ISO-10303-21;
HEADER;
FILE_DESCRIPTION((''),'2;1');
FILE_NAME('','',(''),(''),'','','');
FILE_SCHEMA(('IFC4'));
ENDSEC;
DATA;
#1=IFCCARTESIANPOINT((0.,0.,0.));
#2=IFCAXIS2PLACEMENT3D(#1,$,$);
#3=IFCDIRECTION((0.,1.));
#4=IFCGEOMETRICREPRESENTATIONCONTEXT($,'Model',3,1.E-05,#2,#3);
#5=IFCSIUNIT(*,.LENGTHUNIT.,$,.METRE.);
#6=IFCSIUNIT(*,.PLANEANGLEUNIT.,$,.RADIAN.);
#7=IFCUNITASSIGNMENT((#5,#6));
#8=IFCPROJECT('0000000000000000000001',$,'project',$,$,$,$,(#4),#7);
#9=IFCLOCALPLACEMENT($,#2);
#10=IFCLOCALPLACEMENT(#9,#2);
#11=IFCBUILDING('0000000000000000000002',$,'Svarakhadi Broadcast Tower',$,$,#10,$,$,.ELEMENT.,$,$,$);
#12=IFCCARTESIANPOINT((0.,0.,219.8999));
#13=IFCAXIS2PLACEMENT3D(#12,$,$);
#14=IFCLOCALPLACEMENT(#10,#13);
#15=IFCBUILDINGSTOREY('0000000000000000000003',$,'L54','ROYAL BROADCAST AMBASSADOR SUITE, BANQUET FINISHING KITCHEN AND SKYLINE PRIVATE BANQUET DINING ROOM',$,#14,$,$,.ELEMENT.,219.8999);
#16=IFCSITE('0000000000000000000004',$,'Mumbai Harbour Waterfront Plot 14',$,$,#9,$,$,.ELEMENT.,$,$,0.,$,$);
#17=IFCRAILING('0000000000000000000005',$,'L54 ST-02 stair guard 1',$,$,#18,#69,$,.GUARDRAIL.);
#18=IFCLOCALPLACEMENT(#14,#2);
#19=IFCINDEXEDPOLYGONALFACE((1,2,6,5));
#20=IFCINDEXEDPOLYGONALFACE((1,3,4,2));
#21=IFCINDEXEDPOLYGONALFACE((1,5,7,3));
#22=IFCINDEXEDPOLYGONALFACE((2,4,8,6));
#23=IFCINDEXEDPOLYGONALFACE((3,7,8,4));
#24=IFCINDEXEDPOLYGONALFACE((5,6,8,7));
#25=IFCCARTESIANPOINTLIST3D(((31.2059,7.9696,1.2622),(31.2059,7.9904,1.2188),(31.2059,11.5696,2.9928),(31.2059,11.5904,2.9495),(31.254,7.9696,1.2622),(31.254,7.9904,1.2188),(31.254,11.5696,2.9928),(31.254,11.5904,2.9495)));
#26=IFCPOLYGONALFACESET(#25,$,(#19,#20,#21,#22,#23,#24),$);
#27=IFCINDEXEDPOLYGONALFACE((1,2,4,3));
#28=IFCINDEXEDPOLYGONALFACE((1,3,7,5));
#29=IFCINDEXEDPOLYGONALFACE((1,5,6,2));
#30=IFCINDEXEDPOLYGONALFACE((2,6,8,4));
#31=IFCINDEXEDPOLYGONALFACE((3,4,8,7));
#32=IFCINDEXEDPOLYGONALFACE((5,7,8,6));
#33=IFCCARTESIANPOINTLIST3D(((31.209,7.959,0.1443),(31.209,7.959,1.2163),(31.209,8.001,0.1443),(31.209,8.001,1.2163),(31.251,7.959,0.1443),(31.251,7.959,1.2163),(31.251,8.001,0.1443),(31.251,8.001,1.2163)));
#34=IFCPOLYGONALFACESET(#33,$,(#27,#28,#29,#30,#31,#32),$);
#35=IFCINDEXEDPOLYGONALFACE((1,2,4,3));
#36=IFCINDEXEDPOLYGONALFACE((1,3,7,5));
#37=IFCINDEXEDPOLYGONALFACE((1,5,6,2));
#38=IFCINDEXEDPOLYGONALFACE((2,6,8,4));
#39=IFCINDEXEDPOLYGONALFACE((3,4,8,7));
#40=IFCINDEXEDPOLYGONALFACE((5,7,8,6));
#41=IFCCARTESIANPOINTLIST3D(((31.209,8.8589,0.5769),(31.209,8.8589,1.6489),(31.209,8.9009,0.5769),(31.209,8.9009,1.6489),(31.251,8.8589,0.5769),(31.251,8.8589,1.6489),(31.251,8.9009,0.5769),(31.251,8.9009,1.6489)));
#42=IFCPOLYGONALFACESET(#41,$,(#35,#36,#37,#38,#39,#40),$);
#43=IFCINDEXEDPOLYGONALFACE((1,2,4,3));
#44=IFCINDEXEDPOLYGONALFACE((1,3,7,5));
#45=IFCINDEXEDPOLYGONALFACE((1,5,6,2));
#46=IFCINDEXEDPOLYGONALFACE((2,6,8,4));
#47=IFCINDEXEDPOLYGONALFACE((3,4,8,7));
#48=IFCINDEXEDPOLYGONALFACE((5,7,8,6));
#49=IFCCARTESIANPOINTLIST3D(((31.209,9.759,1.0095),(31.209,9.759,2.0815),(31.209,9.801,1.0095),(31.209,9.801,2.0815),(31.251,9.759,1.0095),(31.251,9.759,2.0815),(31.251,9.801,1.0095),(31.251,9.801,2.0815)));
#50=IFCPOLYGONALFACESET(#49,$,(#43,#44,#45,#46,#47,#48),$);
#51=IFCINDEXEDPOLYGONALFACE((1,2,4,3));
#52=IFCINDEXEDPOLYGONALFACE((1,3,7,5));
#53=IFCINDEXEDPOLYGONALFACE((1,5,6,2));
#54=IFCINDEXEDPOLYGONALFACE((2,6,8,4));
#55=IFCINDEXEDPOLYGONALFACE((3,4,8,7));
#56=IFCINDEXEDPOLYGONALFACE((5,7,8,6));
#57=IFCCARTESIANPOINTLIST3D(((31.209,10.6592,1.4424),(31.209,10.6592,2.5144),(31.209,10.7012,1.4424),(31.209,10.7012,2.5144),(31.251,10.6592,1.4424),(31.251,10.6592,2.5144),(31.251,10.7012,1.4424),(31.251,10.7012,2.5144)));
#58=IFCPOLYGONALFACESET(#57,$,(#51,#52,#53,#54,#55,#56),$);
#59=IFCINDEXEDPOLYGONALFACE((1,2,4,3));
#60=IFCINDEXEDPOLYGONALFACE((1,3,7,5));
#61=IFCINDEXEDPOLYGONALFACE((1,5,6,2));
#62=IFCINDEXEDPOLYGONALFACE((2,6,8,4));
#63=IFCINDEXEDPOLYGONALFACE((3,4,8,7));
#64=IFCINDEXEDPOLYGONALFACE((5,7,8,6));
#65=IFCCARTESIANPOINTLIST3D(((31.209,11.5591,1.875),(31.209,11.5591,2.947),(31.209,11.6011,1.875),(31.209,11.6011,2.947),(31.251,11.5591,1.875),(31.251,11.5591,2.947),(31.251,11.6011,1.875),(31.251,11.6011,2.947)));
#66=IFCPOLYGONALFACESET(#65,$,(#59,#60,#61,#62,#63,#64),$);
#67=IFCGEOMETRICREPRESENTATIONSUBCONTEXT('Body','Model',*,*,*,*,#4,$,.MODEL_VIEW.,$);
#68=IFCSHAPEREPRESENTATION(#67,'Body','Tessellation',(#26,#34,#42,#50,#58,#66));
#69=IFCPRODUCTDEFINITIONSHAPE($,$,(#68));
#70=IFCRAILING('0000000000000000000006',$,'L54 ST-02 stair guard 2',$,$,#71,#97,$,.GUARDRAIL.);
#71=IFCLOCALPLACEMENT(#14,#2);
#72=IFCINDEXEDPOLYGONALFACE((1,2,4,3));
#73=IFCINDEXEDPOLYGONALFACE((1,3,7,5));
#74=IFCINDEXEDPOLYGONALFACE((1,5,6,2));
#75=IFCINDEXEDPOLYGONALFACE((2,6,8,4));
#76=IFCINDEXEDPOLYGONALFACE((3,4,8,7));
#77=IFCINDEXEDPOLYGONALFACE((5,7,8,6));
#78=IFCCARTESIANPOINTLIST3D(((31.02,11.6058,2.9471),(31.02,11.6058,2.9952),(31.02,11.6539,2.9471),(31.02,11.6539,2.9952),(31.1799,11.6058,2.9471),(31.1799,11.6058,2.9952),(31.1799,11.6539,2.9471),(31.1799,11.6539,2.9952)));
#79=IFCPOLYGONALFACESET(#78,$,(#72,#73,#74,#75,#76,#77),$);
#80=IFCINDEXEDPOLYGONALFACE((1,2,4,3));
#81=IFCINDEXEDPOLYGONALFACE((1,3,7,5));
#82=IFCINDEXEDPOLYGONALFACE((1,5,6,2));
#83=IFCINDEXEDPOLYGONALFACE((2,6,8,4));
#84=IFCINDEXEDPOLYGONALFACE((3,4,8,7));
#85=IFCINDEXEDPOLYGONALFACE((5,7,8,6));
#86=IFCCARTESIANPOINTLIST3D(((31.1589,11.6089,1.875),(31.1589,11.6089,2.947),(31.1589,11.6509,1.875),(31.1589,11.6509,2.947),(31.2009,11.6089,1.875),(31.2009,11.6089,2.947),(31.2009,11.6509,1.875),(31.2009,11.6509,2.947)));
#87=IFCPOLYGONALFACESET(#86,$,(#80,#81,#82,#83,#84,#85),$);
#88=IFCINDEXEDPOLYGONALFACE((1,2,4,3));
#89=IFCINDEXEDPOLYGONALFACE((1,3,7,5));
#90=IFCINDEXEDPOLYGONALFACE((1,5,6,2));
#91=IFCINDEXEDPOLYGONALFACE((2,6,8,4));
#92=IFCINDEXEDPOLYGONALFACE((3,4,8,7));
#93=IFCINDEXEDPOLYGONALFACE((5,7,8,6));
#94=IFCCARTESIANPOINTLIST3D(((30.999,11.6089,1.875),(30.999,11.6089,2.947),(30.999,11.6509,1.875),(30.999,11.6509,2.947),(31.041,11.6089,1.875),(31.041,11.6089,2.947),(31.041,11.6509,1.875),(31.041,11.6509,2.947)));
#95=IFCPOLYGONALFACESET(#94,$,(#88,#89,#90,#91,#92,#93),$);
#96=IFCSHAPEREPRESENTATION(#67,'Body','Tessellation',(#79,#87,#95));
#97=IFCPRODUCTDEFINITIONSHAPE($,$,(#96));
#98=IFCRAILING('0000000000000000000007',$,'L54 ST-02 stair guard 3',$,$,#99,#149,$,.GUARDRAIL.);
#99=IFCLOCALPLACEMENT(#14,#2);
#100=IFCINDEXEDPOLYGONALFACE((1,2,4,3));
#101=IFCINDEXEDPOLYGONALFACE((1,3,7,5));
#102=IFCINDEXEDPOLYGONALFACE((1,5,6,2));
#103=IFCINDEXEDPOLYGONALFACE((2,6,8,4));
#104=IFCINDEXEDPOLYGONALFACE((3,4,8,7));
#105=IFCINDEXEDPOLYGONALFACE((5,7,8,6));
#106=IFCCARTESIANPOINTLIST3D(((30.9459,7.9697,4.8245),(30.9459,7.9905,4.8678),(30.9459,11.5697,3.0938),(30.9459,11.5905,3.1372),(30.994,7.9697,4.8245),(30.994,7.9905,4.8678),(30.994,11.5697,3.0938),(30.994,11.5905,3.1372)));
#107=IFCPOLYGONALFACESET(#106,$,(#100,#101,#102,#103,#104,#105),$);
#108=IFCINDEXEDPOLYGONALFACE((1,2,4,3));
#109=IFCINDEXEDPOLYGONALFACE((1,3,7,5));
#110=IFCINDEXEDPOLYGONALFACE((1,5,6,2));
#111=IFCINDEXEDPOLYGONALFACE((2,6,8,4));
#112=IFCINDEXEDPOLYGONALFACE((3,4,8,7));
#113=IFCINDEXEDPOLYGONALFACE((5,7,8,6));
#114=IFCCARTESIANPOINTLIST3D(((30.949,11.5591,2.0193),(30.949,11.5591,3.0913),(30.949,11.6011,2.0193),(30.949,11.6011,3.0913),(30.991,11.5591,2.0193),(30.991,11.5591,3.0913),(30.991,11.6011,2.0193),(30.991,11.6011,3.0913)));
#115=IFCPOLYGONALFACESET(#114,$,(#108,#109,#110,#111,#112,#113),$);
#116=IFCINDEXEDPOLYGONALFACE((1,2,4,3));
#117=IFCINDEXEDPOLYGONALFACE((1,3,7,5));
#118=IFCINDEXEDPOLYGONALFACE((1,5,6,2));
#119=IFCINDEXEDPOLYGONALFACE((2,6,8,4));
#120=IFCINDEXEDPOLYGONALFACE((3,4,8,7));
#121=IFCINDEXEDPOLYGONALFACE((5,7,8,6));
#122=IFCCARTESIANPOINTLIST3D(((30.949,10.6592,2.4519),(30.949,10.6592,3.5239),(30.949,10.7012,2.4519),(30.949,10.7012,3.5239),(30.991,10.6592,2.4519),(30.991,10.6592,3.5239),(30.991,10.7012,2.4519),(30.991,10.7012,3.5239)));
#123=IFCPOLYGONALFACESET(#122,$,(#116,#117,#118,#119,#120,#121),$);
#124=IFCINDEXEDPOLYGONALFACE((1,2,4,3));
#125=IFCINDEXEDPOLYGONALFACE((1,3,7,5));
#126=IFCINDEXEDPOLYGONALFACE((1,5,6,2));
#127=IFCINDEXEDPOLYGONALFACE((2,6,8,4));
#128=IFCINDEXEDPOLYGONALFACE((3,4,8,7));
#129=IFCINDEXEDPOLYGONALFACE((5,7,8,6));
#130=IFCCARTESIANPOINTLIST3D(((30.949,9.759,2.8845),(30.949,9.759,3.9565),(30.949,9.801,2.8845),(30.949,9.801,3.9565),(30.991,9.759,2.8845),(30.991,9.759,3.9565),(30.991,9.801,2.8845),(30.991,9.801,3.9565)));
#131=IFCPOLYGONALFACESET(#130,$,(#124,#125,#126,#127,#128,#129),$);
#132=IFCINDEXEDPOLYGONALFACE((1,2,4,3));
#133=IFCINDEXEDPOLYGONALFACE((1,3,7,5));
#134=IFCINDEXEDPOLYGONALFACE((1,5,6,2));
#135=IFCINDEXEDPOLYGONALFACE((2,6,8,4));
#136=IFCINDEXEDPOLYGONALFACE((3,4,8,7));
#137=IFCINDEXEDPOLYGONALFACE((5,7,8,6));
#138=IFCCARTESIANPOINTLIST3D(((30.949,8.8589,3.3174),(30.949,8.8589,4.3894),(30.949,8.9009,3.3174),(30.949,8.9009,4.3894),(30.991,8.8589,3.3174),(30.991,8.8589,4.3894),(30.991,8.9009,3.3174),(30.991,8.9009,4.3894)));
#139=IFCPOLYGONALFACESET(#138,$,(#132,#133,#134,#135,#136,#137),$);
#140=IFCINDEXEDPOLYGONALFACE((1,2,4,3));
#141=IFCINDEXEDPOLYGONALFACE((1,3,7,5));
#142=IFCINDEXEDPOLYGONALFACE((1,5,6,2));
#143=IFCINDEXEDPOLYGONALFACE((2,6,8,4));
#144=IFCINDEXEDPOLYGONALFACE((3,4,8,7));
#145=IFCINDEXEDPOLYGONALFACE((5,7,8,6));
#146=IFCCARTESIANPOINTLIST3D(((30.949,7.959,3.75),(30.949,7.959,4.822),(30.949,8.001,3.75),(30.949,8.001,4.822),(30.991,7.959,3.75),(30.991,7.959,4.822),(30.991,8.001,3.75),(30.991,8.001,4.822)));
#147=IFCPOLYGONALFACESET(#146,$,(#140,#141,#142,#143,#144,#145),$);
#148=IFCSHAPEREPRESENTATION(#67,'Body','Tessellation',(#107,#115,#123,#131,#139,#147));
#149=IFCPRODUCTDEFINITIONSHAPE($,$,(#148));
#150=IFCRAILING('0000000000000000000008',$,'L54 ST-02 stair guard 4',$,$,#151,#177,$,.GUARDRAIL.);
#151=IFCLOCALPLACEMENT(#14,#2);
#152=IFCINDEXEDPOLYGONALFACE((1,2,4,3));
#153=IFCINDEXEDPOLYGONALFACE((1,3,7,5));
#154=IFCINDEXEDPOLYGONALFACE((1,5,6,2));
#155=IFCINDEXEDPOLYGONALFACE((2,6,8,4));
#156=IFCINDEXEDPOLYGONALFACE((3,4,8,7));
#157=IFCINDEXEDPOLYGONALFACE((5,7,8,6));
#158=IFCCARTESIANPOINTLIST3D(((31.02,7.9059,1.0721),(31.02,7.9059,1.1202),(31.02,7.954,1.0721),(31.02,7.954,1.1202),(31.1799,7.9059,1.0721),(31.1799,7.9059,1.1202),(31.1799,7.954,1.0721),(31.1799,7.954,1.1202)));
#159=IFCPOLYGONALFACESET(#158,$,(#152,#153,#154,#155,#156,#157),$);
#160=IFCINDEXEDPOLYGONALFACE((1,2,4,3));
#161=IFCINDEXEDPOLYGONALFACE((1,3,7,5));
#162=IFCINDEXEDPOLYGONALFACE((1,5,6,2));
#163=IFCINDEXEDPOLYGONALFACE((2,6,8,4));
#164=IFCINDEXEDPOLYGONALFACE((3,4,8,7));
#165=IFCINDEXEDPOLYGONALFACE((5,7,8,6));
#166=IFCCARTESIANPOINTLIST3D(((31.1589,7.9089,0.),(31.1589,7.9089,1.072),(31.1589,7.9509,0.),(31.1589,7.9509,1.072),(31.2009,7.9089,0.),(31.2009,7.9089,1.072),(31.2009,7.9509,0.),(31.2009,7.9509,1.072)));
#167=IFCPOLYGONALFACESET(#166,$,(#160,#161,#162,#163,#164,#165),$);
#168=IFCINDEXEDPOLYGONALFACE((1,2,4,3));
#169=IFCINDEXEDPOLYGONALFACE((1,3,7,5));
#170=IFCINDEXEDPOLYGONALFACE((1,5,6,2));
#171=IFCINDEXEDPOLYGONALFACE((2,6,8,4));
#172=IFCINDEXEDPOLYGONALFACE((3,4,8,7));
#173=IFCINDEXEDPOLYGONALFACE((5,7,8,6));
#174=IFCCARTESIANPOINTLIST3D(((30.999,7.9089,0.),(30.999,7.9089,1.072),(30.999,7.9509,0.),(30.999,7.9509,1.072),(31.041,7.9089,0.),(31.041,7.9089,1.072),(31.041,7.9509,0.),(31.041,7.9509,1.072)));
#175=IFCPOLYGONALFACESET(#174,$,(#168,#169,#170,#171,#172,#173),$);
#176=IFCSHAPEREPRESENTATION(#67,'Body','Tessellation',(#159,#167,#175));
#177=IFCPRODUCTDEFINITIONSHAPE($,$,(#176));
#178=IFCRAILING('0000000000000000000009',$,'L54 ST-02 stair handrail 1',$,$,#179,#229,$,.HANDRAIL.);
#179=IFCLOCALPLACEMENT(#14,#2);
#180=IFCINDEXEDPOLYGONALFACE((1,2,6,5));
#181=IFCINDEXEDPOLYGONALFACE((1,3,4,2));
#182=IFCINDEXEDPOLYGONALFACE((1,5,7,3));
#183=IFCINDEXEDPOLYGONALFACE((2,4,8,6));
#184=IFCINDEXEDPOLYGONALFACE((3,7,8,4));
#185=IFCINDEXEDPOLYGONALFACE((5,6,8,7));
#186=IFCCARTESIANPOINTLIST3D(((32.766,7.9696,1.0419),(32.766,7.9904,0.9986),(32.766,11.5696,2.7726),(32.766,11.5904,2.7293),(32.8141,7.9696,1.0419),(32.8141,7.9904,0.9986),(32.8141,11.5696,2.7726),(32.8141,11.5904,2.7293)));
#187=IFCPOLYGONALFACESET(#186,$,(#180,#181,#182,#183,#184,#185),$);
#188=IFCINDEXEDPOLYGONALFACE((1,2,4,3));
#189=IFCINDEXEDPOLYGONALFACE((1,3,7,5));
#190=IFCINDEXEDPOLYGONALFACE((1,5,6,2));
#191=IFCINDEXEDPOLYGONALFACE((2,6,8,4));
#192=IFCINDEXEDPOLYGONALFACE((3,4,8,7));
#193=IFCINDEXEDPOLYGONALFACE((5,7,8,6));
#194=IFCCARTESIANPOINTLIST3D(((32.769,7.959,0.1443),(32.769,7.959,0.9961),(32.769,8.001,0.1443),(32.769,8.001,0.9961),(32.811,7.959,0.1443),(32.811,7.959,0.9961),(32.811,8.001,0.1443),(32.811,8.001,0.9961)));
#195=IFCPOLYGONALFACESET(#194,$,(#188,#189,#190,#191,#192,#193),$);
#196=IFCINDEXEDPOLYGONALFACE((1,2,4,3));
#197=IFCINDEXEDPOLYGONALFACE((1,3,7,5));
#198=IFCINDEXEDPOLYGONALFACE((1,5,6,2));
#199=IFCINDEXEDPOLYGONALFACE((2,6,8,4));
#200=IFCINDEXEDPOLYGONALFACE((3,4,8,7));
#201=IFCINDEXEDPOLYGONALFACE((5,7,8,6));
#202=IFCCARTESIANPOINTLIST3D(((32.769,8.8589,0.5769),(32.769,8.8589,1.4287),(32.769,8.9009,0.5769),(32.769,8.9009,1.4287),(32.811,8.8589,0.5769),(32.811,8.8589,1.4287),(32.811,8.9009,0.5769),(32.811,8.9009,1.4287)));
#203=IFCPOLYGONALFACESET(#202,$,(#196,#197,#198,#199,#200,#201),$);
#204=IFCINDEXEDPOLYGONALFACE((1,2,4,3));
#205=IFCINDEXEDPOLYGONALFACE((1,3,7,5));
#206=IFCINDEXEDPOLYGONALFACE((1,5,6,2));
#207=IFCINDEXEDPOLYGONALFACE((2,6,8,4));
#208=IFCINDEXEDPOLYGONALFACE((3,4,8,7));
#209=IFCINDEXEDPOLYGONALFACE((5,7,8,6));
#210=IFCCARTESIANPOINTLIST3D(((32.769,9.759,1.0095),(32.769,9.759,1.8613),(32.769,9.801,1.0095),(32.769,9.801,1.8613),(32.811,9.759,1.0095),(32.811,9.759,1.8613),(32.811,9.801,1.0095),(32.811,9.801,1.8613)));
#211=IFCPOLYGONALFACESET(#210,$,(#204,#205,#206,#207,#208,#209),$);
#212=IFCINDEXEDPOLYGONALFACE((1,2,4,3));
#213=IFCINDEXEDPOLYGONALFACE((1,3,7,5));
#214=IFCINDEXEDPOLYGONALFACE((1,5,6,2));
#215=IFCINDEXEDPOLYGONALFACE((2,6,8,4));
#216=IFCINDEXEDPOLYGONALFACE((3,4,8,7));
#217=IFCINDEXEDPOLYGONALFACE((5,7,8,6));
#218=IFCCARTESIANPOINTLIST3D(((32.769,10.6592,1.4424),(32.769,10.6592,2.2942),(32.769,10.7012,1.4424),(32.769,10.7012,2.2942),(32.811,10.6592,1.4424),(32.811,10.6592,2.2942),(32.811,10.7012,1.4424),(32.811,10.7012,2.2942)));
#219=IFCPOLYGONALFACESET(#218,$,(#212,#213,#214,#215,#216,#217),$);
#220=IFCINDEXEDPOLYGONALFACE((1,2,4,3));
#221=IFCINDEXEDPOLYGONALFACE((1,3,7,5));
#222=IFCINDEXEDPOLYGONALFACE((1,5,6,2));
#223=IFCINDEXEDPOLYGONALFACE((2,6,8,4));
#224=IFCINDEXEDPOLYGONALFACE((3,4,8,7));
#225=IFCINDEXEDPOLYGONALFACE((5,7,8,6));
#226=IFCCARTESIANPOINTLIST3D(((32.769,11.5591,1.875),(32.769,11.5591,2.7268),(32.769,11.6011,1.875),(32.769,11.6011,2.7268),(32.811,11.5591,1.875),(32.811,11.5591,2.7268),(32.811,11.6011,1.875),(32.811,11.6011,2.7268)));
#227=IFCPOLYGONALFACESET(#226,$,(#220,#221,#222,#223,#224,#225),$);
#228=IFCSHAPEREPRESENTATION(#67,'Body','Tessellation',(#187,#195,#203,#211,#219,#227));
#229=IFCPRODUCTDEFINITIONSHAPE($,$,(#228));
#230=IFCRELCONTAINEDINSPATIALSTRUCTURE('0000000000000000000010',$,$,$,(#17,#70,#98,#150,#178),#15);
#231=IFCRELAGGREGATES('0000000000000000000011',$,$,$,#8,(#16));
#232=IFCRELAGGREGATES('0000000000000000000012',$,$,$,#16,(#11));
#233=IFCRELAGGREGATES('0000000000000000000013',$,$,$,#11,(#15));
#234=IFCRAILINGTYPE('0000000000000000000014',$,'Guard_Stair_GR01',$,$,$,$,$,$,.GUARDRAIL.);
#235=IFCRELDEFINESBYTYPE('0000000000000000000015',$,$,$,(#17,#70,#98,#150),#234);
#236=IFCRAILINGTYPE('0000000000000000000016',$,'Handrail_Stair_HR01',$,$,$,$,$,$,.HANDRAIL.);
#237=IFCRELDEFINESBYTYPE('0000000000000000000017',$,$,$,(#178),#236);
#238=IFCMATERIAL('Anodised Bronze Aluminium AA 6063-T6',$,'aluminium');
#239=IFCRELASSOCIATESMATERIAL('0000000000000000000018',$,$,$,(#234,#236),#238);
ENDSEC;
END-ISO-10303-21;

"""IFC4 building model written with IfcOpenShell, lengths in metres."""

from ifc_helpers import new_model, si_unit, direction, frame, origin, origin_2d, place, context, subcontext, project, spatial, rectangle, extrude, material, type_object, element, save


model = new_model("IFC4")

# Units and contexts
model_context = context("Model", 3, precision=1e-05, world=origin(), true_north=direction((0.0, 1.0)))
body_context = subcontext(model_context, "Body", "Model", "MODEL_VIEW")
ifc_project = project(units=[si_unit("LENGTHUNIT", "METRE"), si_unit("PLANEANGLEUNIT", "RADIAN")], contexts=[model_context])

# Site, building, storey
site_placement = place(None, origin())
site = spatial("IfcSite", under=ifc_project, at=site_placement, Name="Mumbai Harbour Waterfront Plot 14", CompositionType="ELEMENT", RefElevation=0.0)
building_placement = place(site_placement, origin())
building = spatial("IfcBuilding", under=site, at=building_placement, Name="Svarakhadi Broadcast Tower", CompositionType="ELEMENT")
storey_placement = place(building_placement, frame((0.0, 0.0, 219.8999)))
storey = spatial("IfcBuildingStorey", under=building, at=storey_placement, Name="L54", Description="ROYAL BROADCAST AMBASSADOR SUITE, BANQUET FINISHING KITCHEN AND SKYLINE PRIVATE BANQUET DINING ROOM", CompositionType="ELEMENT", Elevation=219.8999)

# Shared definitions
ifc_material_1 = material(Name="Anodised Bronze Aluminium AA 6063-T6", Category="aluminium")

# Railings
railing_type_1 = type_object("IfcRailingType", Name="Guard_Stair_GR01", PredefinedType="GUARDRAIL", material=ifc_material_1)
railing_1_placement = place(storey_placement, frame((31.23, 7.98, 0.1443)))
element("IfcRailing", 1, at=railing_1_placement, inside=storey, type_object=railing_type_1, Name="L54 ST-02 stair guard 1", PredefinedType="GUARDRAIL", context=body_context, shape_type="SweptSolid", body=[
    extrude(rectangle(XDim=0.0481, YDim=0.0481, at=origin_2d()), frame((0.0, 0.0, 1.0962), z_axis=(0.0, 0.901263, 0.433273), x_axis=(-1.0, 0.0, 0.0)), (0.0, 0.0, 1.0), 3.9944),
    extrude(rectangle(XDim=0.042, YDim=0.042, at=origin_2d()), origin(), (0.0, 0.0, 1.0), 1.072),
    extrude(rectangle(XDim=0.042, YDim=0.042, at=origin_2d()), frame((0.0, 0.8999, 0.4326)), (0.0, 0.0, 1.0), 1.072),
    extrude(rectangle(XDim=0.042, YDim=0.042, at=origin_2d()), frame((0.0, 1.8, 0.8652)), (0.0, 0.0, 1.0), 1.072),
    extrude(rectangle(XDim=0.042, YDim=0.042, at=origin_2d()), frame((0.0, 2.7002, 1.2981)), (0.0, 0.0, 1.0), 1.072),
    extrude(rectangle(XDim=0.042, YDim=0.042, at=origin_2d()), frame((0.0, 3.6001, 1.7307)), (0.0, 0.0, 1.0), 1.072),
])
railing_2_placement = place(storey_placement, frame((31.1799, 11.6299, 1.875)))
element("IfcRailing", 2, at=railing_2_placement, inside=storey, type_object=railing_type_1, Name="L54 ST-02 stair guard 2", PredefinedType="GUARDRAIL", context=body_context, shape_type="SweptSolid", body=[
    extrude(rectangle(XDim=0.0481, YDim=0.0481, at=origin_2d()), frame((0.0, 0.0, 1.0962), z_axis=(-1.0, 0.0, 0.0), x_axis=(0.0, -1.0, 0.0)), (0.0, 0.0, 1.0), 0.1599),
    extrude(rectangle(XDim=0.042, YDim=0.042, at=origin_2d()), origin(), (0.0, 0.0, 1.0), 1.072),
    extrude(rectangle(XDim=0.042, YDim=0.042, at=origin_2d()), frame((-0.1599, 0.0, 0.0)), (0.0, 0.0, 1.0), 1.072),
])
railing_3_placement = place(storey_placement, frame((30.97, 11.5801, 2.0193)))
element("IfcRailing", 3, at=railing_3_placement, inside=storey, type_object=railing_type_1, Name="L54 ST-02 stair guard 3", PredefinedType="GUARDRAIL", context=body_context, shape_type="SweptSolid", body=[
    extrude(rectangle(XDim=0.0481, YDim=0.0481, at=origin_2d()), frame((0.0, 0.0, 1.0962), z_axis=(0.0, -0.901263, 0.433273), x_axis=(1.0, 0.0, 0.0)), (0.0, 0.0, 1.0), 3.9944),
    extrude(rectangle(XDim=0.042, YDim=0.042, at=origin_2d()), origin(), (0.0, 0.0, 1.0), 1.072),
    extrude(rectangle(XDim=0.042, YDim=0.042, at=origin_2d()), frame((0.0, -0.8999, 0.4326)), (0.0, 0.0, 1.0), 1.072),
    extrude(rectangle(XDim=0.042, YDim=0.042, at=origin_2d()), frame((0.0, -1.8, 0.8652)), (0.0, 0.0, 1.0), 1.072),
    extrude(rectangle(XDim=0.042, YDim=0.042, at=origin_2d()), frame((0.0, -2.7002, 1.2981)), (0.0, 0.0, 1.0), 1.072),
    extrude(rectangle(XDim=0.042, YDim=0.042, at=origin_2d()), frame((0.0, -3.6001, 1.7307)), (0.0, 0.0, 1.0), 1.072),
])
railing_4_placement = place(storey_placement, frame((31.1799, 7.9299, 0.0)))
element("IfcRailing", 4, at=railing_4_placement, inside=storey, type_object=railing_type_1, Name="L54 ST-02 stair guard 4", PredefinedType="GUARDRAIL", context=body_context, shape_type="SweptSolid", body=[
    extrude(rectangle(XDim=0.0481, YDim=0.0481, at=origin_2d()), frame((0.0, 0.0, 1.0962), z_axis=(-1.0, 0.0, 0.0), x_axis=(0.0, -1.0, 0.0)), (0.0, 0.0, 1.0), 0.1599),
    extrude(rectangle(XDim=0.042, YDim=0.042, at=origin_2d()), origin(), (0.0, 0.0, 1.0), 1.072),
    extrude(rectangle(XDim=0.042, YDim=0.042, at=origin_2d()), frame((-0.1599, 0.0, 0.0)), (0.0, 0.0, 1.0), 1.072),
])
railing_type_2 = type_object("IfcRailingType", Name="Handrail_Stair_HR01", PredefinedType="HANDRAIL", material=ifc_material_1)
railing_5_placement = place(storey_placement, frame((32.79, 7.98, 0.1443)))
element("IfcRailing", 5, at=railing_5_placement, inside=storey, type_object=railing_type_2, Name="L54 ST-02 stair handrail 1", PredefinedType="HANDRAIL", context=body_context, shape_type="SweptSolid", body=[
    extrude(rectangle(XDim=0.0481, YDim=0.0481, at=origin_2d()), frame((0.0, 0.0, 0.876), z_axis=(0.0, 0.901263, 0.433273), x_axis=(-1.0, 0.0, 0.0)), (0.0, 0.0, 1.0), 3.9944),
    extrude(rectangle(XDim=0.042, YDim=0.042, at=origin_2d()), origin(), (0.0, 0.0, 1.0), 0.8518),
    extrude(rectangle(XDim=0.042, YDim=0.042, at=origin_2d()), frame((0.0, 0.8999, 0.4326)), (0.0, 0.0, 1.0), 0.8518),
    extrude(rectangle(XDim=0.042, YDim=0.042, at=origin_2d()), frame((0.0, 1.8, 0.8652)), (0.0, 0.0, 1.0), 0.8518),
    extrude(rectangle(XDim=0.042, YDim=0.042, at=origin_2d()), frame((0.0, 2.7002, 1.2981)), (0.0, 0.0, 1.0), 0.8518),
    extrude(rectangle(XDim=0.042, YDim=0.042, at=origin_2d()), frame((0.0, 3.6001, 1.7307)), (0.0, 0.0, 1.0), 0.8518),
])

save(model, "model.ifc")
